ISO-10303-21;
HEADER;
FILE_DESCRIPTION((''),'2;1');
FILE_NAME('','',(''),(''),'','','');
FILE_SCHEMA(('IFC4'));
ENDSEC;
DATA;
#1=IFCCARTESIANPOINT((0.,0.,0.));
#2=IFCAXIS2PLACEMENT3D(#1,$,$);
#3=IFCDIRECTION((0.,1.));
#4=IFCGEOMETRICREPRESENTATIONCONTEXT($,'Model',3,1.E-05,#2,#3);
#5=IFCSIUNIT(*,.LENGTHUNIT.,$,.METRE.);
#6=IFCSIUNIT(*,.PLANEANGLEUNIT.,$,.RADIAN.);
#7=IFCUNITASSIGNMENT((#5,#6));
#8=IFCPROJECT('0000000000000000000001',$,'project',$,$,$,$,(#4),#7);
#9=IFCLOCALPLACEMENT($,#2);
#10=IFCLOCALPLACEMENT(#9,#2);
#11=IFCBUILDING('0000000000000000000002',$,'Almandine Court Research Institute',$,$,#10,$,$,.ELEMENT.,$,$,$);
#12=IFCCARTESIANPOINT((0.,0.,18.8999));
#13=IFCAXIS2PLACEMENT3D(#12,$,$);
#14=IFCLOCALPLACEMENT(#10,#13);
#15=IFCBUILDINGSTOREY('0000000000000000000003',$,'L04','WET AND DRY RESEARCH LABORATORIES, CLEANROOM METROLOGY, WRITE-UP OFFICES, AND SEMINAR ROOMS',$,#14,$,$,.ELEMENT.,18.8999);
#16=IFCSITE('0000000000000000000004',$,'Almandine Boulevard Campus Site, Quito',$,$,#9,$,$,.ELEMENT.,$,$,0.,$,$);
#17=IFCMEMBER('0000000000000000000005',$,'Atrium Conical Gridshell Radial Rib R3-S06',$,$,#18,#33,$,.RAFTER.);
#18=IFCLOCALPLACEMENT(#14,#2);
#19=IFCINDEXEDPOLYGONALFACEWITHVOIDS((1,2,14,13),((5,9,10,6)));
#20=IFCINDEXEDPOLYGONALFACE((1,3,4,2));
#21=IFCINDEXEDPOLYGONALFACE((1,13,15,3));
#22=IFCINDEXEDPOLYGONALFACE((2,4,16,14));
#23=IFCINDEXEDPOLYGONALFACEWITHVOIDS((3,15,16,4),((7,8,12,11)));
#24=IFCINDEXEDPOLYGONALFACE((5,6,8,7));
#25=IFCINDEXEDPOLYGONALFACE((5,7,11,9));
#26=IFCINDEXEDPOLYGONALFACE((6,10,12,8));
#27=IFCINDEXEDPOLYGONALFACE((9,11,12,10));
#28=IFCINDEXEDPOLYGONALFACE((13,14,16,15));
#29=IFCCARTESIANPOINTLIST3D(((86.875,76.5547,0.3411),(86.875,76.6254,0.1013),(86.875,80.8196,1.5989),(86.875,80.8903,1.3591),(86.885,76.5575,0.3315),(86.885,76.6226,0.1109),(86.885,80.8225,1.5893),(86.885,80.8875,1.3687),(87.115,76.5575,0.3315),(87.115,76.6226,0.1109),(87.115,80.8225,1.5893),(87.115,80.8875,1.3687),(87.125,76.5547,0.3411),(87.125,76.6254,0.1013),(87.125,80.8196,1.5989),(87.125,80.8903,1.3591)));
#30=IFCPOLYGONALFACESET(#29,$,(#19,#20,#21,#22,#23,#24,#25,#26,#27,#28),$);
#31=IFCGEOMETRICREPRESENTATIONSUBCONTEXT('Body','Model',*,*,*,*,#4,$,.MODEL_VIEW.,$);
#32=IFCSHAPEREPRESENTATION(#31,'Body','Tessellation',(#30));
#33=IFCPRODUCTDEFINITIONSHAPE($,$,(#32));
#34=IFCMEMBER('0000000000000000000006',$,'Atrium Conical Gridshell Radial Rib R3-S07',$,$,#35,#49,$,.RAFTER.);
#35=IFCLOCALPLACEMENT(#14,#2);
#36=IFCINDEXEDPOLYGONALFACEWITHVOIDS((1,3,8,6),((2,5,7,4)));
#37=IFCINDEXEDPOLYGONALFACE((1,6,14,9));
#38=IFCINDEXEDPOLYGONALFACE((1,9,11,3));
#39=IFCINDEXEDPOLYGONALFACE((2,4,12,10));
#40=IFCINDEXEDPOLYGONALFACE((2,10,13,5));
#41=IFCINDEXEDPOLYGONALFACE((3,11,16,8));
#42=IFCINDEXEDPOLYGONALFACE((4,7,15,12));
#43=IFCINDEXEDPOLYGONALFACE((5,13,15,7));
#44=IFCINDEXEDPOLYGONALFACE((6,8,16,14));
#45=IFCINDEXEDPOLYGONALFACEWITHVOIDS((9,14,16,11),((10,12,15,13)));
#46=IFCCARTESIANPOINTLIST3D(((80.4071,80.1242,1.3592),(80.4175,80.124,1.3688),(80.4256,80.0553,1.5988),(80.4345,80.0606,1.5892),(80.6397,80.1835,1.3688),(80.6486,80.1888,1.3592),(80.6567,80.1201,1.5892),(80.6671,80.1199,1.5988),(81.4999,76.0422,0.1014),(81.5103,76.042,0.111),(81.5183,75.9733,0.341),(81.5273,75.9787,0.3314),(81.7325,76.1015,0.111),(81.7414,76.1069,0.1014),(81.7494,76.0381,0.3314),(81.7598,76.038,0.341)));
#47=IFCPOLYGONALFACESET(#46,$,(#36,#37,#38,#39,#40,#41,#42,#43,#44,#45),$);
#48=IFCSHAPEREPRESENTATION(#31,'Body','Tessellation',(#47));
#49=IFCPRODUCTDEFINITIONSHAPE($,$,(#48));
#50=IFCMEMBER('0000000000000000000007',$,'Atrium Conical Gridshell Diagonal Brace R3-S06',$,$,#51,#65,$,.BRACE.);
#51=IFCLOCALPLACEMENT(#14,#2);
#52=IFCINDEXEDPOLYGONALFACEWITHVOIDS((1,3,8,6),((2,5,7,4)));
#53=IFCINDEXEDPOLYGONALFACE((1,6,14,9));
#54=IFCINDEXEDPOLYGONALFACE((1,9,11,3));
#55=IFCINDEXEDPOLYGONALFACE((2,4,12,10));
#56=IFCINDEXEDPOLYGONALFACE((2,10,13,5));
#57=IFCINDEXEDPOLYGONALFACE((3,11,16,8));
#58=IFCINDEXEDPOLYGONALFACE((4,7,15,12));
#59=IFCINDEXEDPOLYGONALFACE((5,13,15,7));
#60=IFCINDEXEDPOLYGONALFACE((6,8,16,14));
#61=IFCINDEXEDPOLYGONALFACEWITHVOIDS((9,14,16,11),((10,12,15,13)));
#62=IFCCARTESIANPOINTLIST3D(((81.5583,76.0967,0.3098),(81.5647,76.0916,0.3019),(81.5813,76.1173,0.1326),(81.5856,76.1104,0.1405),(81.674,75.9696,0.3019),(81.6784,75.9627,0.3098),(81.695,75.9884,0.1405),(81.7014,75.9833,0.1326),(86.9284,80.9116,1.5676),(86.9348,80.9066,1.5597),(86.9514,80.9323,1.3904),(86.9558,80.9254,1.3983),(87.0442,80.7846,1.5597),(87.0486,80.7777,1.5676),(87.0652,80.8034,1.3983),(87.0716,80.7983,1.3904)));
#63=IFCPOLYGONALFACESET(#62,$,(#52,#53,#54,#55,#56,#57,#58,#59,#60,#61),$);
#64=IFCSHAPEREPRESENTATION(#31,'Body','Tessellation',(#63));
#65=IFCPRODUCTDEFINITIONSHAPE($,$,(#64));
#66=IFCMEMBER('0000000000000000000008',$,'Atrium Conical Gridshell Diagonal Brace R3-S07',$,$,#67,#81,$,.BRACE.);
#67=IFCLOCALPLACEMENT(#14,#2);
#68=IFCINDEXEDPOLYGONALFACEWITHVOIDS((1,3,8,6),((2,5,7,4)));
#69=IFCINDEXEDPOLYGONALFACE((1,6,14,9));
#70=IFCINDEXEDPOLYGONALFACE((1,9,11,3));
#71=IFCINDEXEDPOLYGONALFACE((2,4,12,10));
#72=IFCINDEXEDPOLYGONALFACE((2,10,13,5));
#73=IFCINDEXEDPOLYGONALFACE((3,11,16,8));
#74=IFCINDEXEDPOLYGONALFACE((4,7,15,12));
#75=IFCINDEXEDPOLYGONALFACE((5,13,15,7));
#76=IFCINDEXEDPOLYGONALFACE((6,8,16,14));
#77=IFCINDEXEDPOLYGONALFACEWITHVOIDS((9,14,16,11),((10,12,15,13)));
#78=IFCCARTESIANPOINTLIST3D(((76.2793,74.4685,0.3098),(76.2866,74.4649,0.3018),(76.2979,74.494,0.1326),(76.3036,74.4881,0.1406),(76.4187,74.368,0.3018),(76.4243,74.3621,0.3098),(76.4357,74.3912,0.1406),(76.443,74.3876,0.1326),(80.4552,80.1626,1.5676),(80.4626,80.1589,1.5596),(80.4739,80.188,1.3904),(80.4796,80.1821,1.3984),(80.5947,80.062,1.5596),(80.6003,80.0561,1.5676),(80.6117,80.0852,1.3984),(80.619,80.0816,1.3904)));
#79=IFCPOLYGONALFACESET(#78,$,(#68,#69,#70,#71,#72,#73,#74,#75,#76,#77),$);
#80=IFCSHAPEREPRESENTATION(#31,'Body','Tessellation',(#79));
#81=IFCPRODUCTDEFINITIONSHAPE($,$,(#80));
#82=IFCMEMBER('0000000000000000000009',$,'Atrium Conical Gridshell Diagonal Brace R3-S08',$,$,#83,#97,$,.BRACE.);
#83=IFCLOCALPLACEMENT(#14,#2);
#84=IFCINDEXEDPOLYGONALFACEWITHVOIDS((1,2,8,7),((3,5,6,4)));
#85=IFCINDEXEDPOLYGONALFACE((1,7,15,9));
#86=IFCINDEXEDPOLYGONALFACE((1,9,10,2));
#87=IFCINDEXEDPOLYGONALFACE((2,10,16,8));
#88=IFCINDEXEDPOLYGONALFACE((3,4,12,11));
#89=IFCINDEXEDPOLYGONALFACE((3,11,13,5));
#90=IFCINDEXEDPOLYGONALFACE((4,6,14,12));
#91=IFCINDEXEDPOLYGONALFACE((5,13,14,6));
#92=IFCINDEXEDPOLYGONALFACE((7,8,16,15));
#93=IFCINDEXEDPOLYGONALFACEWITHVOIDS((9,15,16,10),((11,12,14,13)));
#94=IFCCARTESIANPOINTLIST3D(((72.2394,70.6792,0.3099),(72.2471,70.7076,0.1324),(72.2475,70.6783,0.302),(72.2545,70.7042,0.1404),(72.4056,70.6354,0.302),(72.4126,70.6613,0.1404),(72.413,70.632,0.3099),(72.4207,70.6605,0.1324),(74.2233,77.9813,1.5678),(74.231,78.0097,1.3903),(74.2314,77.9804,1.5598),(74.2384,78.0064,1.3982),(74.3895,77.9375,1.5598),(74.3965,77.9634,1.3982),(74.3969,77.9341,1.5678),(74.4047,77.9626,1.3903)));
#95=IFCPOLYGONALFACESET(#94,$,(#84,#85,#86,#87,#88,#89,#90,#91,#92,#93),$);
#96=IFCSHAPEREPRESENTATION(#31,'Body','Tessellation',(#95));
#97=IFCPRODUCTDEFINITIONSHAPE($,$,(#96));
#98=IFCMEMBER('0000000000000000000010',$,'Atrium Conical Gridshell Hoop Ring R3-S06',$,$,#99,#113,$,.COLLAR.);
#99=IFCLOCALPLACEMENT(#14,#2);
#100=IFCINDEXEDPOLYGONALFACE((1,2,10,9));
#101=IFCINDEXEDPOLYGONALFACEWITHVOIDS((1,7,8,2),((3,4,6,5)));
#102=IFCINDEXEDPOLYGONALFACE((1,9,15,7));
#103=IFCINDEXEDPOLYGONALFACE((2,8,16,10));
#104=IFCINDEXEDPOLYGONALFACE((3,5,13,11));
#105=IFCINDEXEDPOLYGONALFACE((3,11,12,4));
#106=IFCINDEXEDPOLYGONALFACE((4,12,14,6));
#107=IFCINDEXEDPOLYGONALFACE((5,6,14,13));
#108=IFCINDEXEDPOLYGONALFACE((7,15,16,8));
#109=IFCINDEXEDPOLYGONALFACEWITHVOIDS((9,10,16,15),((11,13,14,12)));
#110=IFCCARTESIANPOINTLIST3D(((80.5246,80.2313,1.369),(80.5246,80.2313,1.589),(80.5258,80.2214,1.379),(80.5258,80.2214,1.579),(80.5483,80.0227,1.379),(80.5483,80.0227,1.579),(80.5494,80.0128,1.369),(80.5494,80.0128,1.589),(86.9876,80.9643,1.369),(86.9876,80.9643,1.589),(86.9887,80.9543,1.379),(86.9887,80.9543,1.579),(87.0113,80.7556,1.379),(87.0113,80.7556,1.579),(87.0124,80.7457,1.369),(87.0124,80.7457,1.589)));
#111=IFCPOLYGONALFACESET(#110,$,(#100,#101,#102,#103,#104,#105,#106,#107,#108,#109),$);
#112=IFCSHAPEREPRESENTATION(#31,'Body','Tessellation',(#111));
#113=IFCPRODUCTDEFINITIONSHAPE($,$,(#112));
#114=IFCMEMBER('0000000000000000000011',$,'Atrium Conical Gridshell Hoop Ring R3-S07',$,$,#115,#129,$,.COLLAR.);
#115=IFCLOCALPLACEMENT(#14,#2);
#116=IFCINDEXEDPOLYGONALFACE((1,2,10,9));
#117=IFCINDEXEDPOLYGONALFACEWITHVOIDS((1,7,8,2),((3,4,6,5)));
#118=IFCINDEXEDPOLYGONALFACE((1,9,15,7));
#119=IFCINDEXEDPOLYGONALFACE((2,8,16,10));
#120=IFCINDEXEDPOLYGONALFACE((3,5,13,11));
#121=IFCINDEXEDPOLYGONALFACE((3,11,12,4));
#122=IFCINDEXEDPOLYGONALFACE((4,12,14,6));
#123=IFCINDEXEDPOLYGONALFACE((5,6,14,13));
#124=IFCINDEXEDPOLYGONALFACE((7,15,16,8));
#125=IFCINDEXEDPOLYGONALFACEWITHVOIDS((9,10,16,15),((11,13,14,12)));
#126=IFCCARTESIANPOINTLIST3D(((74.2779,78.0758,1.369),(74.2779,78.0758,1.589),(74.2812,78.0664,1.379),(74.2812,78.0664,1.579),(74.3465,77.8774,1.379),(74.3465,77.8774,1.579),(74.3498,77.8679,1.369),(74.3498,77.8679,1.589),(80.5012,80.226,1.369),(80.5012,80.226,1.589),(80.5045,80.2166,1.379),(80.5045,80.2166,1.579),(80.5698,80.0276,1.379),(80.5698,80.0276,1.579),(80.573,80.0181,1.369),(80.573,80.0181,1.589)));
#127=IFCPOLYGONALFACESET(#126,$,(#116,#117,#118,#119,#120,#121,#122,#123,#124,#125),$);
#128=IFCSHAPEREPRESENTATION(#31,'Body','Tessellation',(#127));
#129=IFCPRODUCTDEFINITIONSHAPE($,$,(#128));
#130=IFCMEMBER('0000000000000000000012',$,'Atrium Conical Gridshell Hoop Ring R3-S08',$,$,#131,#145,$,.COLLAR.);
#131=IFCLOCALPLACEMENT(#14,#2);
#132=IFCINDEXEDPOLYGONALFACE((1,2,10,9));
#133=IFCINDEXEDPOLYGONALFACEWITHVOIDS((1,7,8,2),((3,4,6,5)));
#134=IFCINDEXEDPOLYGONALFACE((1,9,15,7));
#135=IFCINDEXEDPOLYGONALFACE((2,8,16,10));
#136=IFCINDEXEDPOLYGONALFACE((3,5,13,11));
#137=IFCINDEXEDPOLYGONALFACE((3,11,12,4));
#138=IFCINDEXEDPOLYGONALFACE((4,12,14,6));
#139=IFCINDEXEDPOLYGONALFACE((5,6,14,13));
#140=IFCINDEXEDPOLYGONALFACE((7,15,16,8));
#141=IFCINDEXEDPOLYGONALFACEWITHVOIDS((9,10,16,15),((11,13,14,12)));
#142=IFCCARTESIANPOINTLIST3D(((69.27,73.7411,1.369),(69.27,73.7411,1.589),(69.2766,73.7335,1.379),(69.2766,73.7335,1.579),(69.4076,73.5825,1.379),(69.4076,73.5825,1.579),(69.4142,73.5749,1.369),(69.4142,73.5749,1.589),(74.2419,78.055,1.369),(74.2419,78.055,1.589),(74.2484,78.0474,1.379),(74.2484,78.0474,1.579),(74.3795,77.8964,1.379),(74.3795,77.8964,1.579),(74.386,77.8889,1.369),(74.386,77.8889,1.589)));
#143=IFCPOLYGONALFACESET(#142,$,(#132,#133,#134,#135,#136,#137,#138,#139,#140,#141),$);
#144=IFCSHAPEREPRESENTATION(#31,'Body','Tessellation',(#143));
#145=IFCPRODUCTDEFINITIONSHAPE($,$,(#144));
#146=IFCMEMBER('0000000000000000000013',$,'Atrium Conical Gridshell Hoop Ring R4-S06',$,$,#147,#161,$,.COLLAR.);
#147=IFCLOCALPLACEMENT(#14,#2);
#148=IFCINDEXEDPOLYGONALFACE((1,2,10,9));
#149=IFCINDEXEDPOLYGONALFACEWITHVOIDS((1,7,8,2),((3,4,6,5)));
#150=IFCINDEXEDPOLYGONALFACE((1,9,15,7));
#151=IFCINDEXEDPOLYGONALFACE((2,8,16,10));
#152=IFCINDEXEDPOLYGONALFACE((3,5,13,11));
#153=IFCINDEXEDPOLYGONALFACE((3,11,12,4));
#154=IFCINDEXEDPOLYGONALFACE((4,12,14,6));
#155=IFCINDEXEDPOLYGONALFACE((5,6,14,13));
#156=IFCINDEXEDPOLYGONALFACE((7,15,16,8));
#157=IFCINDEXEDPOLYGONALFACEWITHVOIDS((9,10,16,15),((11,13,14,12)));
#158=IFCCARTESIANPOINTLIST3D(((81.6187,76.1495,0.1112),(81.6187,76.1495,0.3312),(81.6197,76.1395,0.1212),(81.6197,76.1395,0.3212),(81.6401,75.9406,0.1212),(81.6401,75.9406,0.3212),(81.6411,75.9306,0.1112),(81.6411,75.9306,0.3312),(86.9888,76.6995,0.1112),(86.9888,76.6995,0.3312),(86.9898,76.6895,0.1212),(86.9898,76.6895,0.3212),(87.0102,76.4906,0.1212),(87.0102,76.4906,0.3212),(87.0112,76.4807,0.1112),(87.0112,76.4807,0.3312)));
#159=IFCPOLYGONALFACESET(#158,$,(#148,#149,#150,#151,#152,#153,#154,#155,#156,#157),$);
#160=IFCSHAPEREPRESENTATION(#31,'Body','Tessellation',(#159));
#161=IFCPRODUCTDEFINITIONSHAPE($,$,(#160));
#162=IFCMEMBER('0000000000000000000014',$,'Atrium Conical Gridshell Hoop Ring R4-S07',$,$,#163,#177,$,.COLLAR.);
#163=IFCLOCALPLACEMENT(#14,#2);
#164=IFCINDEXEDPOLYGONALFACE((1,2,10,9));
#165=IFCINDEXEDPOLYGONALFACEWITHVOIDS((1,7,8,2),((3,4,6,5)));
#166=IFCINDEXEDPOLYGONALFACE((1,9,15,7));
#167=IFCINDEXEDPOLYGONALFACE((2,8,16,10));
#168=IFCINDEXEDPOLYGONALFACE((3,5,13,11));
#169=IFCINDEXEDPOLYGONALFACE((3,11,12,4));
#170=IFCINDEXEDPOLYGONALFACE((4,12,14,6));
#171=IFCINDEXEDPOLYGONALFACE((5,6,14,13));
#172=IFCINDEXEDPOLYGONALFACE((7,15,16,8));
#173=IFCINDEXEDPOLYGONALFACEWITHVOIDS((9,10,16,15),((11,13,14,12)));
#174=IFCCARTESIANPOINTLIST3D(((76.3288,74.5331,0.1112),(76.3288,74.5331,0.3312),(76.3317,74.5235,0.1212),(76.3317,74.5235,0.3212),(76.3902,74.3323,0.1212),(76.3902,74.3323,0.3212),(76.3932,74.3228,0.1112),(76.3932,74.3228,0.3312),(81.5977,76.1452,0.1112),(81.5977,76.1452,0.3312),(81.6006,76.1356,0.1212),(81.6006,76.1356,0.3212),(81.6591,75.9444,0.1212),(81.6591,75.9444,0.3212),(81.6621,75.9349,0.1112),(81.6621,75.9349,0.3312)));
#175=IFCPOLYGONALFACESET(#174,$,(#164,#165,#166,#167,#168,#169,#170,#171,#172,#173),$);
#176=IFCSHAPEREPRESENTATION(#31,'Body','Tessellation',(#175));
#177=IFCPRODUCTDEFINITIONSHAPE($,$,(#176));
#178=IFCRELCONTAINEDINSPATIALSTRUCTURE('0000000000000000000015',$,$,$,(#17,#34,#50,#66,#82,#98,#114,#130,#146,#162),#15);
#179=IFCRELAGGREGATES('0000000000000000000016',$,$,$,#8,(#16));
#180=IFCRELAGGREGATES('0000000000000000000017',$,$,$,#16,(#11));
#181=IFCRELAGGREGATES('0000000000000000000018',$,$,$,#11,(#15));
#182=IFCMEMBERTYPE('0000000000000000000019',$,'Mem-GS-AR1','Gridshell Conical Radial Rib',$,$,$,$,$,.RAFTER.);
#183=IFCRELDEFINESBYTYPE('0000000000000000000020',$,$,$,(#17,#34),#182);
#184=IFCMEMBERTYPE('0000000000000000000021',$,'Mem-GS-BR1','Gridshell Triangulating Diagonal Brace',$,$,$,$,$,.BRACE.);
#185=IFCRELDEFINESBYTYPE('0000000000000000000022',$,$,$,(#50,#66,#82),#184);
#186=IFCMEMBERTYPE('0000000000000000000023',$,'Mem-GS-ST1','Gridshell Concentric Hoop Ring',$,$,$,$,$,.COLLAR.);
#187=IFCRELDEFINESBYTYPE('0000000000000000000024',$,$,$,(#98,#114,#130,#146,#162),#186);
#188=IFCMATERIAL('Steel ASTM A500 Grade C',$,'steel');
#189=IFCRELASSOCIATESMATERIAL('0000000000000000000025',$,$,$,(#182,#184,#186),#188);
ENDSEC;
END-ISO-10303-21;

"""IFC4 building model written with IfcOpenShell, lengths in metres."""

from ifc_helpers import new_model, si_unit, direction, frame, origin, origin_2d, place, context, subcontext, project, spatial, hollow_rectangle, extrude, material, material_profile, profile_set, type_object, element, save


model = new_model("IFC4")

# Units and contexts
model_context = context("Model", 3, precision=1e-05, world=origin(), true_north=direction((0.0, 1.0)))
body_context = subcontext(model_context, "Body", "Model", "MODEL_VIEW")
ifc_project = project(units=[si_unit("LENGTHUNIT", "METRE"), si_unit("PLANEANGLEUNIT", "RADIAN")], contexts=[model_context])

# Site, building, storey
site_placement = place(None, origin())
site = spatial("IfcSite", under=ifc_project, at=site_placement, Name="Almandine Boulevard Campus Site, Quito", CompositionType="ELEMENT", RefElevation=0.0)
building_placement = place(site_placement, origin())
building = spatial("IfcBuilding", under=site, at=building_placement, Name="Almandine Court Research Institute", CompositionType="ELEMENT")
storey_placement = place(building_placement, frame((0.0, 0.0, 18.8999)))
storey = spatial("IfcBuildingStorey", under=building, at=storey_placement, Name="L04", Description="WET AND DRY RESEARCH LABORATORIES, CLEANROOM METROLOGY, WRITE-UP OFFICES, AND SEMINAR ROOMS", CompositionType="ELEMENT", Elevation=18.8999)

# Members
ifc_material_1 = material(Name="Steel ASTM A500 Grade C", Category="steel")
ifc_material_profile_1 = material_profile(ifc_material_1, hollow_rectangle(XDim=0.25, YDim=0.25, WallThickness=0.01, at=origin_2d()), Name="HSS 250x250x10")
ifc_profile_set_1 = profile_set([ifc_material_profile_1], Name="Steel ASTM A500 Grade C")
member_type_1 = type_object("IfcMemberType", Name="Mem-GS-AR1", Description="Gridshell Conical Radial Rib", PredefinedType="RAFTER", material=ifc_profile_set_1)
member_1_placement = place(storey_placement, frame((87.0, 80.855, 1.479), z_axis=(0.0, -0.959156, -0.282877), x_axis=(1.0, 0.0, 0.0)))
element("IfcMember", 1, at=member_1_placement, inside=storey, type_object=member_type_1, Name="Atrium Conical Gridshell Radial Rib R3-S06", PredefinedType="RAFTER", context=body_context, shape_type="SweptSolid", body=[
    extrude(hollow_rectangle(XDim=0.25, YDim=0.25, WallThickness=0.01, at=origin_2d()), origin(), (0.0, 0.0, 1.0), 4.4465),
])
member_2_placement = place(storey_placement, frame((80.5371, 80.1221, 1.479), z_axis=(0.247851, -0.925842, -0.285283), x_axis=(0.965985, 0.258597, 0.0)))
element("IfcMember", 2, at=member_2_placement, inside=storey, type_object=member_type_1, Name="Atrium Conical Gridshell Radial Rib R3-S07", PredefinedType="RAFTER", context=body_context, shape_type="SweptSolid", body=[
    extrude(hollow_rectangle(XDim=0.25, YDim=0.25, WallThickness=0.01, at=origin_2d()), origin(), (0.0, 0.0, 1.0), 4.4089),
])
ifc_material_profile_2 = material_profile(ifc_material_1, hollow_rectangle(XDim=0.1799, YDim=0.1799, WallThickness=0.0081, at=origin_2d()), Name="HSS 180x180x8")
ifc_profile_set_2 = profile_set([ifc_material_profile_2], Name="Steel ASTM A500 Grade C")
member_type_2 = type_object("IfcMemberType", Name="Mem-GS-BR1", Description="Gridshell Triangulating Diagonal Brace", PredefinedType="BRACE", material=ifc_profile_set_2)
member_3_placement = place(storey_placement, frame((87.0, 80.855, 1.479), z_axis=(-0.733475, -0.657647, -0.171798), x_axis=(0.667572, -0.744545, 0.0)))
element("IfcMember", 3, at=member_3_placement, inside=storey, type_object=member_type_2, Name="Atrium Conical Gridshell Diagonal Brace R3-S06", PredefinedType="BRACE", context=body_context, shape_type="SweptSolid", body=[
    extrude(hollow_rectangle(XDim=0.1799, YDim=0.1799, WallThickness=0.0081, at=origin_2d()), origin(), (0.0, 0.0, 1.0), 7.3215),
])
member_4_placement = place(storey_placement, frame((80.5371, 80.1221, 1.479), z_axis=(-0.582232, -0.793884, -0.175367), x_axis=(0.806381, -0.591397, 0.0)))
element("IfcMember", 4, at=member_4_placement, inside=storey, type_object=member_type_2, Name="Atrium Conical Gridshell Diagonal Brace R3-S07", PredefinedType="BRACE", context=body_context, shape_type="SweptSolid", body=[
    extrude(hollow_rectangle(XDim=0.1799, YDim=0.1799, WallThickness=0.0081, at=origin_2d()), origin(), (0.0, 0.0, 1.0), 7.1724),
])
member_5_placement = place(storey_placement, frame((74.314, 77.9719, 1.479), z_axis=(-0.258637, -0.951955, -0.16398), x_axis=(0.965017, -0.262186, 0.0)))
element("IfcMember", 5, at=member_5_placement, inside=storey, type_object=member_type_2, Name="Atrium Conical Gridshell Diagonal Brace R3-S08", PredefinedType="BRACE", context=body_context, shape_type="SweptSolid", body=[
    extrude(hollow_rectangle(XDim=0.1799, YDim=0.1799, WallThickness=0.0081, at=origin_2d()), origin(), (0.0, 0.0, 1.0), 7.6707),
])
ifc_material_profile_3 = material_profile(ifc_material_1, hollow_rectangle(XDim=0.22, YDim=0.22, WallThickness=0.01, at=origin_2d()), Name="HSS 220x220x10")
ifc_profile_set_3 = profile_set([ifc_material_profile_3], Name="Steel ASTM A500 Grade C")
member_type_3 = type_object("IfcMemberType", Name="Mem-GS-ST1", Description="Gridshell Concentric Hoop Ring", PredefinedType="COLLAR", material=ifc_profile_set_3)
member_6_placement = place(storey_placement, frame((87.0, 80.855, 1.479), z_axis=(-0.993631, -0.112681, 0.0), x_axis=(0.112681, -0.993631, 0.0)))
element("IfcMember", 6, at=member_6_placement, inside=storey, type_object=member_type_3, Name="Atrium Conical Gridshell Hoop Ring R3-S06", PredefinedType="COLLAR", context=body_context, shape_type="SweptSolid", body=[
    extrude(hollow_rectangle(XDim=0.22, YDim=0.22, WallThickness=0.01, at=origin_2d()), origin(), (0.0, 0.0, 1.0), 6.5044),
])
member_7_placement = place(storey_placement, frame((80.5371, 80.1221, 1.479), z_axis=(-0.945175, -0.326565, 0.0), x_axis=(0.326565, -0.945175, 0.0)))
element("IfcMember", 7, at=member_7_placement, inside=storey, type_object=member_type_3, Name="Atrium Conical Gridshell Hoop Ring R3-S07", PredefinedType="COLLAR", context=body_context, shape_type="SweptSolid", body=[
    extrude(hollow_rectangle(XDim=0.22, YDim=0.22, WallThickness=0.01, at=origin_2d()), origin(), (0.0, 0.0, 1.0), 6.5842),
])
member_8_placement = place(storey_placement, frame((74.314, 77.9719, 1.479), z_axis=(-0.755316, -0.655361, 0.0), x_axis=(0.655361, -0.755316, 0.0)))
element("IfcMember", 8, at=member_8_placement, inside=storey, type_object=member_type_3, Name="Atrium Conical Gridshell Hoop Ring R3-S08", PredefinedType="COLLAR", context=body_context, shape_type="SweptSolid", body=[
    extrude(hollow_rectangle(XDim=0.22, YDim=0.22, WallThickness=0.01, at=origin_2d()), origin(), (0.0, 0.0, 1.0), 6.5825),
])
member_9_placement = place(storey_placement, frame((87.0, 76.5901, 0.2212), z_axis=(-0.994795, -0.101895, 0.0), x_axis=(0.101895, -0.994795, 0.0)))
element("IfcMember", 9, at=member_9_placement, inside=storey, type_object=member_type_3, Name="Atrium Conical Gridshell Hoop Ring R4-S06", PredefinedType="COLLAR", context=body_context, shape_type="SweptSolid", body=[
    extrude(hollow_rectangle(XDim=0.22, YDim=0.22, WallThickness=0.01, at=origin_2d()), origin(), (0.0, 0.0, 1.0), 5.3982),
])
member_10_placement = place(storey_placement, frame((81.6299, 76.04, 0.2212), z_axis=(-0.956242, -0.292575, 0.0), x_axis=(0.292575, -0.956242, 0.0)))
element("IfcMember", 10, at=member_10_placement, inside=storey, type_object=member_type_3, Name="Atrium Conical Gridshell Hoop Ring R4-S07", PredefinedType="COLLAR", context=body_context, shape_type="SweptSolid", body=[
    extrude(hollow_rectangle(XDim=0.22, YDim=0.22, WallThickness=0.01, at=origin_2d()), origin(), (0.0, 0.0, 1.0), 5.51),
])

save(model, "model.ifc")
